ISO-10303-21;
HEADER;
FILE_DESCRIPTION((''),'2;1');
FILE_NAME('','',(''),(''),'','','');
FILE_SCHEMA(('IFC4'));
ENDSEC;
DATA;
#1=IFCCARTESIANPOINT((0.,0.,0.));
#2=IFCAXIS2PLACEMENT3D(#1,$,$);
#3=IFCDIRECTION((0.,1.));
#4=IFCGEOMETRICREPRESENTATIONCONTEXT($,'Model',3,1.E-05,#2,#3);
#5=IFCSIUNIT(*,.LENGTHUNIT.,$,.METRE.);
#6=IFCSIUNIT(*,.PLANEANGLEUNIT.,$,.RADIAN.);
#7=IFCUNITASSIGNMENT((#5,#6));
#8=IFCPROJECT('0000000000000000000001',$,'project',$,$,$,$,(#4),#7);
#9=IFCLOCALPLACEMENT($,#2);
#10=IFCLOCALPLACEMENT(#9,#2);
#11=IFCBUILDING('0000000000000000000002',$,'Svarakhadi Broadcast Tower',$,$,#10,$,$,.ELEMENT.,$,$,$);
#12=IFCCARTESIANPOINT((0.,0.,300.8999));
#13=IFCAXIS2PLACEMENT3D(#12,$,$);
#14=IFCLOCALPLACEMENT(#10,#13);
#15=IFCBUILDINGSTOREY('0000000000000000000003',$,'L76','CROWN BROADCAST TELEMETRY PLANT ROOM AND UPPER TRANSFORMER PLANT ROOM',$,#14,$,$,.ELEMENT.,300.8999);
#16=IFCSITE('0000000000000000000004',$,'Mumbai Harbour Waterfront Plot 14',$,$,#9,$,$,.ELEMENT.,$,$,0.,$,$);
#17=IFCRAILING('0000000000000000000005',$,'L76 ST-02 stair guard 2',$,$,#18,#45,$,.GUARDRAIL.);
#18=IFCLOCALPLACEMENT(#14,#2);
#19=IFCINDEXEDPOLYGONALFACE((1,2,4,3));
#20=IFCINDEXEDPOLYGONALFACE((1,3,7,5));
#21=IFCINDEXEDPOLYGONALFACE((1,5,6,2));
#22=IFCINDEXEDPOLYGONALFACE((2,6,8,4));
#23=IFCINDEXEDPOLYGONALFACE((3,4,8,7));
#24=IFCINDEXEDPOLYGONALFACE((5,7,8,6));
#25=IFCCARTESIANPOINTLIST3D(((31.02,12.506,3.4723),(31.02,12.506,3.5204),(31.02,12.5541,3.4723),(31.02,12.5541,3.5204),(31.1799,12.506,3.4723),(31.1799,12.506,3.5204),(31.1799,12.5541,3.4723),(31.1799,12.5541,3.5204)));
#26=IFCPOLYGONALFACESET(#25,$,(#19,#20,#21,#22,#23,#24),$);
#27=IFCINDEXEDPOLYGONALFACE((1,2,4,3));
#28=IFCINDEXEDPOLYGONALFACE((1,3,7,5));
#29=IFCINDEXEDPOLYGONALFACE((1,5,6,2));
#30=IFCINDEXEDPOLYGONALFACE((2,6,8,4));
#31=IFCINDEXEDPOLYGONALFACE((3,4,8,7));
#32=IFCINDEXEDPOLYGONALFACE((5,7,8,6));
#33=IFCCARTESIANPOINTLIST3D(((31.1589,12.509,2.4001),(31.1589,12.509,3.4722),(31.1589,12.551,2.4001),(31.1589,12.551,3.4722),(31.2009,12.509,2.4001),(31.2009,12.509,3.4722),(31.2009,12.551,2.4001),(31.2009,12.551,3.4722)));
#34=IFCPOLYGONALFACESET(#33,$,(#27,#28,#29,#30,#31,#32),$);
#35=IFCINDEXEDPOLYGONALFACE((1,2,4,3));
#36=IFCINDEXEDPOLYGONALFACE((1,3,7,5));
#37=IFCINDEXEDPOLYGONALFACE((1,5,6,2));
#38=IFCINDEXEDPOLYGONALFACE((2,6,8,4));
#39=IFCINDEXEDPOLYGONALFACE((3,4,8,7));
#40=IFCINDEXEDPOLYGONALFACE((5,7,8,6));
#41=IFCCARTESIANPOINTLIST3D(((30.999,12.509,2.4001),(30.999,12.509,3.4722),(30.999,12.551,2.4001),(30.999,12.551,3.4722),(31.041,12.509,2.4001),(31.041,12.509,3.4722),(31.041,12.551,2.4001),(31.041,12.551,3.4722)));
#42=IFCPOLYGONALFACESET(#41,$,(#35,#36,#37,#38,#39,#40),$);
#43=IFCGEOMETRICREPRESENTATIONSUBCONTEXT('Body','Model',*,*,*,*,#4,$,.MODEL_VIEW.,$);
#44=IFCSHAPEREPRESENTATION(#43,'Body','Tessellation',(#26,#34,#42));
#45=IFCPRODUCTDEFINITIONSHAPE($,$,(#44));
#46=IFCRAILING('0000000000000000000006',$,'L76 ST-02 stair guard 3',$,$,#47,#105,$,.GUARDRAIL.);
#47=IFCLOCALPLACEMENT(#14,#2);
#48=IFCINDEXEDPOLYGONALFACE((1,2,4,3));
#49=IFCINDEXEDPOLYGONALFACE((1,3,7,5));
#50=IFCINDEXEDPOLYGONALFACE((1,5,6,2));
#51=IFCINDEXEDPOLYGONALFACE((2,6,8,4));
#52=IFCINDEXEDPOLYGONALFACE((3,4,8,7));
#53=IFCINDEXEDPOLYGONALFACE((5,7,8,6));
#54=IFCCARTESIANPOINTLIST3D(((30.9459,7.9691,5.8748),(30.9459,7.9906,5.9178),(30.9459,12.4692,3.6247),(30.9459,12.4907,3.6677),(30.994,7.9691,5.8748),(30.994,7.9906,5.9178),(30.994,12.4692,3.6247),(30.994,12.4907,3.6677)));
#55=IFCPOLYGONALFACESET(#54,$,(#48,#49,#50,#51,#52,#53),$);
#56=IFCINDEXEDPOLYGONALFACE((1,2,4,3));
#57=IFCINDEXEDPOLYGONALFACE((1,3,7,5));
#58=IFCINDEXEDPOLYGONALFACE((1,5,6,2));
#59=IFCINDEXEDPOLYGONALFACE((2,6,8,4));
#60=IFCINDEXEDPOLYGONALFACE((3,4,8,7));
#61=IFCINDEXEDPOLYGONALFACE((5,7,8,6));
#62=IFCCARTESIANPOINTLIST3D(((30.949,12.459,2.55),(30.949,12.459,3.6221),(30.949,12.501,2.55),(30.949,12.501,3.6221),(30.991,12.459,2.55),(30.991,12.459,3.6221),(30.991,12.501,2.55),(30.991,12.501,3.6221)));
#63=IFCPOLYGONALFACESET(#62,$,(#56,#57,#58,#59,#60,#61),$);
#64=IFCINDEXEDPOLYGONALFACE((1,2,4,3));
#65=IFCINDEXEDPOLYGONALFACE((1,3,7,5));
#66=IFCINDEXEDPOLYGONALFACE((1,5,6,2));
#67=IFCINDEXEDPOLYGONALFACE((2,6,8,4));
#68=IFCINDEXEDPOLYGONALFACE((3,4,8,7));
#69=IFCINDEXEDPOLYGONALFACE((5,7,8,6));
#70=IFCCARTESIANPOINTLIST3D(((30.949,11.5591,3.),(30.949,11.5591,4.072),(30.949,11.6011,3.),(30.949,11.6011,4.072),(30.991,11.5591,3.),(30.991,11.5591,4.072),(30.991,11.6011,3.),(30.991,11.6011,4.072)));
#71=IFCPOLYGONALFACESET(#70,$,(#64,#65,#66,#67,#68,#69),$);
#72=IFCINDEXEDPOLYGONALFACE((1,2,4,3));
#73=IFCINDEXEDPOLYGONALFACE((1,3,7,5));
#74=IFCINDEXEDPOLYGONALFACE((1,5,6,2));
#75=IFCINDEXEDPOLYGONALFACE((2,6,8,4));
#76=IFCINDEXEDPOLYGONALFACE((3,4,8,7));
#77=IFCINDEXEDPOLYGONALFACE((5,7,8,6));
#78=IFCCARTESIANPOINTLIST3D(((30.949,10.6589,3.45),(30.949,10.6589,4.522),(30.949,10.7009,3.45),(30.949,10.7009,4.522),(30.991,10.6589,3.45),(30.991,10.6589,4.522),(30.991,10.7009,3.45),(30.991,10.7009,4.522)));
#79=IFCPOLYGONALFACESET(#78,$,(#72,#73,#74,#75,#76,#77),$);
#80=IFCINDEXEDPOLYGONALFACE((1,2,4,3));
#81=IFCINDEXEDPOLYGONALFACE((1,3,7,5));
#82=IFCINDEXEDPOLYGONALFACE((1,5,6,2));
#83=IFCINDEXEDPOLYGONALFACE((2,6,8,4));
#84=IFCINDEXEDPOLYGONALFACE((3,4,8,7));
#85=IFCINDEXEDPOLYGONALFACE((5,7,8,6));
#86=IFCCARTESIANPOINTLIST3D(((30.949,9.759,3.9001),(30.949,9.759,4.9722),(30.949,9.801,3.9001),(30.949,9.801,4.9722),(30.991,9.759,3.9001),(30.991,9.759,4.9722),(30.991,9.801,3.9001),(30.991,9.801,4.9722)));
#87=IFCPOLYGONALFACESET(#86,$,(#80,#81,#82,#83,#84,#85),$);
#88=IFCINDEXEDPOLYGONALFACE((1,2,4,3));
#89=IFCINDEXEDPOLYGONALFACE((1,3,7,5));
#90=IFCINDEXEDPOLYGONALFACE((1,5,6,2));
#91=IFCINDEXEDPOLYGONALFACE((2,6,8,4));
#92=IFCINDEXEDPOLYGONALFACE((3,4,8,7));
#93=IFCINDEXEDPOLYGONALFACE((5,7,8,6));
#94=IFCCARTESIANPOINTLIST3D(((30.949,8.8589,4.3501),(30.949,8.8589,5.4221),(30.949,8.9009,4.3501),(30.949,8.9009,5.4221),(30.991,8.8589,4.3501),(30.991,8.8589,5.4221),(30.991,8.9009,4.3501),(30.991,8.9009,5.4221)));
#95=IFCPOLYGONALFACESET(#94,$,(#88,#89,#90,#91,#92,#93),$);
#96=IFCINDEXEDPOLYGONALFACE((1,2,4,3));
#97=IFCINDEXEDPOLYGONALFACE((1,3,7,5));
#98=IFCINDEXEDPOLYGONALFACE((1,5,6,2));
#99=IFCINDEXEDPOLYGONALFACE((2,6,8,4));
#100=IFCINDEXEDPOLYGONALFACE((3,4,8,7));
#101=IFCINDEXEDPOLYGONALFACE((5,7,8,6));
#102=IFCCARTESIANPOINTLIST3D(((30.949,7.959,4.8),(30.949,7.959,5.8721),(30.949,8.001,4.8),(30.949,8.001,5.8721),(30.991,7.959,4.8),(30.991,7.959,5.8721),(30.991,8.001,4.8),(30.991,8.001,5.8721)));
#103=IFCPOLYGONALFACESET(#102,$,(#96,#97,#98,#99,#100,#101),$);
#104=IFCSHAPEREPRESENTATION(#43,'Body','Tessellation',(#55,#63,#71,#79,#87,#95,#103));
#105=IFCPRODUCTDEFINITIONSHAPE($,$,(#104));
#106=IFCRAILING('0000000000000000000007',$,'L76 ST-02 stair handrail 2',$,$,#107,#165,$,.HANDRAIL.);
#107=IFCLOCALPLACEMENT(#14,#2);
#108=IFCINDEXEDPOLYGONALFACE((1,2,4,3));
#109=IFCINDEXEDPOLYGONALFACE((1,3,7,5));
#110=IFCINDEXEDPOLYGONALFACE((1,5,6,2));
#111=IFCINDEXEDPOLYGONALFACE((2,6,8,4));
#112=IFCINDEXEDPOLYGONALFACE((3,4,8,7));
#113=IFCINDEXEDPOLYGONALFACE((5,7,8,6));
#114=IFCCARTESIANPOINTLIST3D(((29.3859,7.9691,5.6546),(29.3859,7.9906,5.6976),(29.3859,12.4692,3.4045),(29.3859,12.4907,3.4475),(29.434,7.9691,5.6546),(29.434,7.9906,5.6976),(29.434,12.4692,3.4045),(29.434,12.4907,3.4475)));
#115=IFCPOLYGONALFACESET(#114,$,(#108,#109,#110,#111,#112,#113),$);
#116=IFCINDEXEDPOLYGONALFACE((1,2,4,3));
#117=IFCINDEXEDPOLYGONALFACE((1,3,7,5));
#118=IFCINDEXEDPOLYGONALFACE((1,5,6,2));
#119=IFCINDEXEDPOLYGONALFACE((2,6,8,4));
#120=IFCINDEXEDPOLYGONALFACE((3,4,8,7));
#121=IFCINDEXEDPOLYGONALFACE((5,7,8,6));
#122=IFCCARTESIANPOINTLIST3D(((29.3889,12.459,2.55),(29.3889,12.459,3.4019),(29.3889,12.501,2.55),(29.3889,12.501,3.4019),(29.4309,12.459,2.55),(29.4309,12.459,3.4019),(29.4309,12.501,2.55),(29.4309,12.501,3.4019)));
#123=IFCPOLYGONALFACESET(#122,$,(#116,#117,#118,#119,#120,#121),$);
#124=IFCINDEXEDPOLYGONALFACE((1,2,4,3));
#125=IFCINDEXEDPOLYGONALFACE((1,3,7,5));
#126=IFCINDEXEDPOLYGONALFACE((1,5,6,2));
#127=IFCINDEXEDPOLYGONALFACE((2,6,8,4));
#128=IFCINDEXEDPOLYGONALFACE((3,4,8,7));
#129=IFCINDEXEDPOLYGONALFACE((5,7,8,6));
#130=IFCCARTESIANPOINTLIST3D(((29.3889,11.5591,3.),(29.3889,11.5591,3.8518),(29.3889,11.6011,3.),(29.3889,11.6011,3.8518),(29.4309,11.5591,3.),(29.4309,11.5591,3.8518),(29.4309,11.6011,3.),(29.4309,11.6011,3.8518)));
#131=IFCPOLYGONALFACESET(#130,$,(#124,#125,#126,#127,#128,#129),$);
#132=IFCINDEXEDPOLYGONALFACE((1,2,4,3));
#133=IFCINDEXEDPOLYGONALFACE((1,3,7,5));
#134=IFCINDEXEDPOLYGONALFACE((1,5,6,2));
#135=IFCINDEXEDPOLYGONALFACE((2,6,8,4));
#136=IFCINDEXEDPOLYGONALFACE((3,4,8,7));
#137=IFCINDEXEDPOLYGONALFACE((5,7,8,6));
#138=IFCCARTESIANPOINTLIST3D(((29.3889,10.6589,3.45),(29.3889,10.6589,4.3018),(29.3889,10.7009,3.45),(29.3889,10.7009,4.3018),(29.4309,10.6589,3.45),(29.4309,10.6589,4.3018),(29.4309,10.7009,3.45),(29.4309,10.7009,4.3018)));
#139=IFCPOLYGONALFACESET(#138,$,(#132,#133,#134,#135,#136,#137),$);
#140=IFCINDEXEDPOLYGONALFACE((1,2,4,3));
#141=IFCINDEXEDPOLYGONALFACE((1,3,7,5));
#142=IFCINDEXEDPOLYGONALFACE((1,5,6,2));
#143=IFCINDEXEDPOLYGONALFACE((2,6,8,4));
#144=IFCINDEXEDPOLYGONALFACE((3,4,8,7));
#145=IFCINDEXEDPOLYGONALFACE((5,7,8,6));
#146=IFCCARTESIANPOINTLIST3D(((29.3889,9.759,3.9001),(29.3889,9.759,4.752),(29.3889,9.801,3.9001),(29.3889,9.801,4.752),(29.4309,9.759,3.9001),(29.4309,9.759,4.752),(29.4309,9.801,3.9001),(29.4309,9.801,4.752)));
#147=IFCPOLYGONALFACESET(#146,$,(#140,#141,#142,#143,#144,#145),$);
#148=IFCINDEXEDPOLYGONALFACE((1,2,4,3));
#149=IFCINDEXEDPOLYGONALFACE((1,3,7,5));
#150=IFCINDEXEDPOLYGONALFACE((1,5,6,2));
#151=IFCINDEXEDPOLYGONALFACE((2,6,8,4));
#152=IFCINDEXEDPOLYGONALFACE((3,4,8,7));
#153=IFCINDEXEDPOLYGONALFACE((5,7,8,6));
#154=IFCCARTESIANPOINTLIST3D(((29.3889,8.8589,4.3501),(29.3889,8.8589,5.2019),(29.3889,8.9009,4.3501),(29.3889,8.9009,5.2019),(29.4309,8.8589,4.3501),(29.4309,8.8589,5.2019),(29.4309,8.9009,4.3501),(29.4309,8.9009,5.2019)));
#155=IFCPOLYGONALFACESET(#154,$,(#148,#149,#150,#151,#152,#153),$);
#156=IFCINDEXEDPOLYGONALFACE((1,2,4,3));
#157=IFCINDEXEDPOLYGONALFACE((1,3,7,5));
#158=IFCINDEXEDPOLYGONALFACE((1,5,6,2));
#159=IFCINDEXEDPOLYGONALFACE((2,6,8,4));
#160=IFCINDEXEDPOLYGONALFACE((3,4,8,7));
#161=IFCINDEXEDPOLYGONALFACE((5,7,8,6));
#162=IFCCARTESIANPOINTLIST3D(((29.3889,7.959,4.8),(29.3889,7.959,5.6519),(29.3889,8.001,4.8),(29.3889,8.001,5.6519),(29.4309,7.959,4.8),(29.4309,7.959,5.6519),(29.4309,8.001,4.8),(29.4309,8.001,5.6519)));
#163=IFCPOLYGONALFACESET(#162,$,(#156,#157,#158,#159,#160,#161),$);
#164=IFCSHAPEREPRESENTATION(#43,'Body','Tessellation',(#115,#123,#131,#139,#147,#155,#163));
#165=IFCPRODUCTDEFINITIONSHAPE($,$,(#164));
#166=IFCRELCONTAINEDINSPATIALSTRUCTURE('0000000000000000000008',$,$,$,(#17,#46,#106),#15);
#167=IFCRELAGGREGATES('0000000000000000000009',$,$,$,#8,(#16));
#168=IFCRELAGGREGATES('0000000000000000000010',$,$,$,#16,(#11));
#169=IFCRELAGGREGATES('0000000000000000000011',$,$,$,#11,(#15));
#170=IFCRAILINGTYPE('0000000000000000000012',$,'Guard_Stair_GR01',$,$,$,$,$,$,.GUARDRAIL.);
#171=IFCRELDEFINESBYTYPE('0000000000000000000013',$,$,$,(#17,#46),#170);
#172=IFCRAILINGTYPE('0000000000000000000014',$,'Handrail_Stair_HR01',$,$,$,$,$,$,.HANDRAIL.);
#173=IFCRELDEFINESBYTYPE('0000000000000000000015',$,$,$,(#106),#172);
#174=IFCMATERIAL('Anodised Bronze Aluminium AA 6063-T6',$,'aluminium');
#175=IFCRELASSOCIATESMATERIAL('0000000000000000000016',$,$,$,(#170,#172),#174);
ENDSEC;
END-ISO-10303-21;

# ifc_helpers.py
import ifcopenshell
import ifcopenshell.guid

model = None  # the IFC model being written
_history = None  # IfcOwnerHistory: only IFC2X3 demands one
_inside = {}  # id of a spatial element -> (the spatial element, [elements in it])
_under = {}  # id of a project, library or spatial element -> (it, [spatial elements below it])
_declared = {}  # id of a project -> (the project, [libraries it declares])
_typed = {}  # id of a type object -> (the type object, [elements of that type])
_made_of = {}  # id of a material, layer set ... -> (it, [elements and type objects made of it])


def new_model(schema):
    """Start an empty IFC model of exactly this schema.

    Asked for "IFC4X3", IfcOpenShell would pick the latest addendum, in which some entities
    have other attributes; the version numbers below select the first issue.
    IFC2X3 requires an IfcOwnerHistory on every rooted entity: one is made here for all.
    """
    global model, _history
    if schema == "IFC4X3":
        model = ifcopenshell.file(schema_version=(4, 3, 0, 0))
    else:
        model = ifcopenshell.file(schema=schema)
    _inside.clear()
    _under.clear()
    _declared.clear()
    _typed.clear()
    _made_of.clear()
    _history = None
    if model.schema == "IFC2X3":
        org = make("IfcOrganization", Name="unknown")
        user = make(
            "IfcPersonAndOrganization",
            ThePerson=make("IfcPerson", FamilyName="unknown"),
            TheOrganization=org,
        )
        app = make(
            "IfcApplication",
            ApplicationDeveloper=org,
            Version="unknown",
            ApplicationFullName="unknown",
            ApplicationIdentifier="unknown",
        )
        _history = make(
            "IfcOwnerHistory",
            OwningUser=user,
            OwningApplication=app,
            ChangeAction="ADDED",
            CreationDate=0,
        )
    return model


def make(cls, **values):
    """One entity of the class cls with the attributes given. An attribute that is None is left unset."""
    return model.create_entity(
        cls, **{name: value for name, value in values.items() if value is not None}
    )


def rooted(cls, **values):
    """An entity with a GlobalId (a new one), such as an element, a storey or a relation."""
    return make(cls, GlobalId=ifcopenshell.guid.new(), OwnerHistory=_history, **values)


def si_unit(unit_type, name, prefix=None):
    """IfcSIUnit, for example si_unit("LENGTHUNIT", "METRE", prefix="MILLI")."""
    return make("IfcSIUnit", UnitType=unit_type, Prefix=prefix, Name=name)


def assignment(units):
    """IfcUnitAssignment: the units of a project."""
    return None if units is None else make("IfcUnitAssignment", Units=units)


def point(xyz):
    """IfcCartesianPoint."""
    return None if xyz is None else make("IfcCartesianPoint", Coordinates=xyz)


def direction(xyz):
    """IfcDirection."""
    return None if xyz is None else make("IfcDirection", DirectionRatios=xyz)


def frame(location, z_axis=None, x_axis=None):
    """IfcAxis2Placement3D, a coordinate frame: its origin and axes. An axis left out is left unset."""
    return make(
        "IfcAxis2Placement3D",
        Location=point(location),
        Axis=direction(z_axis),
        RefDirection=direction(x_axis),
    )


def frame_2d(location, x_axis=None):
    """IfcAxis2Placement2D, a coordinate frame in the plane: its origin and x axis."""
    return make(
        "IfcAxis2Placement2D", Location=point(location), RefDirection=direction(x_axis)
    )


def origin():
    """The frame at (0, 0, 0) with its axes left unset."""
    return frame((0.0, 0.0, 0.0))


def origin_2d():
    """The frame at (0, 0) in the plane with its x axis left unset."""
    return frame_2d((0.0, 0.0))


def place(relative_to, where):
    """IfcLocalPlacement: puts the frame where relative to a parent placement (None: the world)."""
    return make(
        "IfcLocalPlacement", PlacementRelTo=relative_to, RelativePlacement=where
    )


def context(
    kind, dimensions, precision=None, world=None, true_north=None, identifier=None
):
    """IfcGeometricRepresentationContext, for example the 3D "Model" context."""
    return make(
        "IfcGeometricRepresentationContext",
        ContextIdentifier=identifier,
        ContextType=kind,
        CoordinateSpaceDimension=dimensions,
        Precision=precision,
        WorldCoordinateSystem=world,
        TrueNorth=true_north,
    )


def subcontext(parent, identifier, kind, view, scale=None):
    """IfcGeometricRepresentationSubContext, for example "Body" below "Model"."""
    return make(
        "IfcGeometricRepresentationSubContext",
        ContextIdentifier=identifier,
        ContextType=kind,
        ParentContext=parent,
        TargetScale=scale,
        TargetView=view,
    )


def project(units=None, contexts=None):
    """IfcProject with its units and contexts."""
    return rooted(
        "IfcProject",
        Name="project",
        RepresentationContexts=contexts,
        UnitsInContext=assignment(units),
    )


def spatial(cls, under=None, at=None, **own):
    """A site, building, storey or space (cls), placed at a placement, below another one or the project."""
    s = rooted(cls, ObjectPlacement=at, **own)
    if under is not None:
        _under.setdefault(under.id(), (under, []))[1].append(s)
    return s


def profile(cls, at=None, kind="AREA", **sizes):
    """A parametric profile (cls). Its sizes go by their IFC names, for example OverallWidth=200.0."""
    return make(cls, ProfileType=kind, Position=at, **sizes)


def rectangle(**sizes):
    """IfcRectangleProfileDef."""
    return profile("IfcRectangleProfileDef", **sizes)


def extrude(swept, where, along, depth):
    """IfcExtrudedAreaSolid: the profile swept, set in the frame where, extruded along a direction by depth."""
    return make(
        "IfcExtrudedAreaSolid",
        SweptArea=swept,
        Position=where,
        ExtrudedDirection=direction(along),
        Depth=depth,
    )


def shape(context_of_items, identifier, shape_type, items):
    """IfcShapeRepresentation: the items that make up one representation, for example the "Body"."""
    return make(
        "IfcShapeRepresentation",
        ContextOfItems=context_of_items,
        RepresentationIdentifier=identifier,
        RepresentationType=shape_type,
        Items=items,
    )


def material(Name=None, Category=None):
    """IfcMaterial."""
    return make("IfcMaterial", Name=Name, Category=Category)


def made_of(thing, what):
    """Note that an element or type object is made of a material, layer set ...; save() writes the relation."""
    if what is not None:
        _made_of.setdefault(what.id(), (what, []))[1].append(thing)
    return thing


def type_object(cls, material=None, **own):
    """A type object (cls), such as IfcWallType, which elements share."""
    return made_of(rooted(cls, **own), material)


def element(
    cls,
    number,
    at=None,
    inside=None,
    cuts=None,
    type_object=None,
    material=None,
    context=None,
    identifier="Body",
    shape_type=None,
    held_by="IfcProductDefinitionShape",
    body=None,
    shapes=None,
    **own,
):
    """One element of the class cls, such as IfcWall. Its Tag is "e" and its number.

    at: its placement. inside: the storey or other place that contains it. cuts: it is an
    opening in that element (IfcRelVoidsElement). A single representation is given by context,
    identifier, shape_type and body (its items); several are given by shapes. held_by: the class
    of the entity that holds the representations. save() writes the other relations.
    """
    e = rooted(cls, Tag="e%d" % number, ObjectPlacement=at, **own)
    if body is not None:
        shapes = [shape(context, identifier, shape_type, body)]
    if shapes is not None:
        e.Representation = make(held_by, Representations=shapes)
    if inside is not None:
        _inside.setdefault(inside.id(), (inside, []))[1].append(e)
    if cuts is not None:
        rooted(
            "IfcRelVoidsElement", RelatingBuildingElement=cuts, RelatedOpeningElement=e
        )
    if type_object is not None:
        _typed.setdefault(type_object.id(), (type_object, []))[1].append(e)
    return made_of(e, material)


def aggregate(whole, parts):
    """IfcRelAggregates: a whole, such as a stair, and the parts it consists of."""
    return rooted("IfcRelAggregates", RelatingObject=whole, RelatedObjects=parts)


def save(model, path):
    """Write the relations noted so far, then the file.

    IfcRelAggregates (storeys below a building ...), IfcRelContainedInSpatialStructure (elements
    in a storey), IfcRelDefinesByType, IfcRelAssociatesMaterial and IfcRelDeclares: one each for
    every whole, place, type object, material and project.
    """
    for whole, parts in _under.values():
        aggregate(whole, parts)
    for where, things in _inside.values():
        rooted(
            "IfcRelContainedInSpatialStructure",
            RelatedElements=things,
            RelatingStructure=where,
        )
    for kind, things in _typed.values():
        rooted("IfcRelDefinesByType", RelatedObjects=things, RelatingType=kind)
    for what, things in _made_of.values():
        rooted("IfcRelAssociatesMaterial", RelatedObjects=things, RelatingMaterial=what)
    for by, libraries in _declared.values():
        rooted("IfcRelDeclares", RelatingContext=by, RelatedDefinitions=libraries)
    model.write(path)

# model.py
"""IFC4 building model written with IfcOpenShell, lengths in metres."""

from ifc_helpers import new_model, si_unit, direction, frame, origin, origin_2d, place, context, subcontext, project, spatial, rectangle, extrude, material, type_object, element, save


model = new_model("IFC4")

# Units and contexts
model_context = context("Model", 3, precision=1e-05, world=origin(), true_north=direction((0.0, 1.0)))
body_context = subcontext(model_context, "Body", "Model", "MODEL_VIEW")
ifc_project = project(units=[si_unit("LENGTHUNIT", "METRE"), si_unit("PLANEANGLEUNIT", "RADIAN")], contexts=[model_context])

# Site, building, storey
site_placement = place(None, origin())
site = spatial("IfcSite", under=ifc_project, at=site_placement, Name="Mumbai Harbour Waterfront Plot 14", CompositionType="ELEMENT", RefElevation=0.0)
building_placement = place(site_placement, origin())
building = spatial("IfcBuilding", under=site, at=building_placement, Name="Svarakhadi Broadcast Tower", CompositionType="ELEMENT")
storey_placement = place(building_placement, frame((0.0, 0.0, 300.8999)))
storey = spatial("IfcBuildingStorey", under=building, at=storey_placement, Name="L76", Description="CROWN BROADCAST TELEMETRY PLANT ROOM AND UPPER TRANSFORMER PLANT ROOM", CompositionType="ELEMENT", Elevation=300.8999)

# Shared definitions
ifc_material_1 = material(Name="Anodised Bronze Aluminium AA 6063-T6", Category="aluminium")

# Railings
railing_type_1 = type_object("IfcRailingType", Name="Guard_Stair_GR01", PredefinedType="GUARDRAIL", material=ifc_material_1)
railing_1_placement = place(storey_placement, frame((31.1799, 12.53, 2.4001)))
element("IfcRailing", 1, at=railing_1_placement, inside=storey, type_object=railing_type_1, Name="L76 ST-02 stair guard 2", PredefinedType="GUARDRAIL", context=body_context, shape_type="SweptSolid", body=[
    extrude(rectangle(XDim=0.0481, YDim=0.0481, at=origin_2d()), frame((0.0, 0.0, 1.0962), z_axis=(-1.0, 0.0, 0.0), x_axis=(0.0, -1.0, 0.0)), (0.0, 0.0, 1.0), 0.1599),
    extrude(rectangle(XDim=0.042, YDim=0.042, at=origin_2d()), origin(), (0.0, 0.0, 1.0), 1.072),
    extrude(rectangle(XDim=0.042, YDim=0.042, at=origin_2d()), frame((-0.1599, 0.0, 0.0)), (0.0, 0.0, 1.0), 1.072),
])
railing_2_placement = place(storey_placement, frame((30.97, 12.48, 2.55)))
element("IfcRailing", 2, at=railing_2_placement, inside=storey, type_object=railing_type_1, Name="L76 ST-02 stair guard 3", PredefinedType="GUARDRAIL", context=body_context, shape_type="SweptSolid", body=[
    extrude(rectangle(XDim=0.0481, YDim=0.0481, at=origin_2d()), frame((0.0, 0.0, 1.0962), z_axis=(0.0, -0.894427, 0.447214), x_axis=(1.0, 0.0, 0.0)), (0.0, 0.0, 1.0), 5.0312),
    extrude(rectangle(XDim=0.042, YDim=0.042, at=origin_2d()), origin(), (0.0, 0.0, 1.0), 1.072),
    extrude(rectangle(XDim=0.042, YDim=0.042, at=origin_2d()), frame((0.0, -0.8999, 0.45)), (0.0, 0.0, 1.0), 1.072),
    extrude(rectangle(XDim=0.042, YDim=0.042, at=origin_2d()), frame((0.0, -1.8, 0.8999)), (0.0, 0.0, 1.0), 1.072),
    extrude(rectangle(XDim=0.042, YDim=0.042, at=origin_2d()), frame((0.0, -2.7, 1.3501)), (0.0, 0.0, 1.0), 1.072),
    extrude(rectangle(XDim=0.042, YDim=0.042, at=origin_2d()), frame((0.0, -3.6001, 1.8)), (0.0, 0.0, 1.0), 1.072),
    extrude(rectangle(XDim=0.042, YDim=0.042, at=origin_2d()), frame((0.0, -4.5, 2.25)), (0.0, 0.0, 1.0), 1.072),
])
railing_type_2 = type_object("IfcRailingType", Name="Handrail_Stair_HR01", PredefinedType="HANDRAIL", material=ifc_material_1)
railing_3_placement = place(storey_placement, frame((29.4099, 12.48, 2.55)))
element("IfcRailing", 3, at=railing_3_placement, inside=storey, type_object=railing_type_2, Name="L76 ST-02 stair handrail 2", PredefinedType="HANDRAIL", context=body_context, shape_type="SweptSolid", body=[
    extrude(rectangle(XDim=0.0481, YDim=0.0481, at=origin_2d()), frame((0.0, 0.0, 0.876), z_axis=(0.0, -0.894427, 0.447214), x_axis=(1.0, 0.0, 0.0)), (0.0, 0.0, 1.0), 5.0312),
    extrude(rectangle(XDim=0.042, YDim=0.042, at=origin_2d()), origin(), (0.0, 0.0, 1.0), 0.8518),
    extrude(rectangle(XDim=0.042, YDim=0.042, at=origin_2d()), frame((0.0, -0.8999, 0.45)), (0.0, 0.0, 1.0), 0.8518),
    extrude(rectangle(XDim=0.042, YDim=0.042, at=origin_2d()), frame((0.0, -1.8, 0.8999)), (0.0, 0.0, 1.0), 0.8518),
    extrude(rectangle(XDim=0.042, YDim=0.042, at=origin_2d()), frame((0.0, -2.7, 1.3501)), (0.0, 0.0, 1.0), 0.8518),
    extrude(rectangle(XDim=0.042, YDim=0.042, at=origin_2d()), frame((0.0, -3.6001, 1.8)), (0.0, 0.0, 1.0), 0.8518),
    extrude(rectangle(XDim=0.042, YDim=0.042, at=origin_2d()), frame((0.0, -4.5, 2.25)), (0.0, 0.0, 1.0), 0.8518),
])

save(model, "model.ifc")
